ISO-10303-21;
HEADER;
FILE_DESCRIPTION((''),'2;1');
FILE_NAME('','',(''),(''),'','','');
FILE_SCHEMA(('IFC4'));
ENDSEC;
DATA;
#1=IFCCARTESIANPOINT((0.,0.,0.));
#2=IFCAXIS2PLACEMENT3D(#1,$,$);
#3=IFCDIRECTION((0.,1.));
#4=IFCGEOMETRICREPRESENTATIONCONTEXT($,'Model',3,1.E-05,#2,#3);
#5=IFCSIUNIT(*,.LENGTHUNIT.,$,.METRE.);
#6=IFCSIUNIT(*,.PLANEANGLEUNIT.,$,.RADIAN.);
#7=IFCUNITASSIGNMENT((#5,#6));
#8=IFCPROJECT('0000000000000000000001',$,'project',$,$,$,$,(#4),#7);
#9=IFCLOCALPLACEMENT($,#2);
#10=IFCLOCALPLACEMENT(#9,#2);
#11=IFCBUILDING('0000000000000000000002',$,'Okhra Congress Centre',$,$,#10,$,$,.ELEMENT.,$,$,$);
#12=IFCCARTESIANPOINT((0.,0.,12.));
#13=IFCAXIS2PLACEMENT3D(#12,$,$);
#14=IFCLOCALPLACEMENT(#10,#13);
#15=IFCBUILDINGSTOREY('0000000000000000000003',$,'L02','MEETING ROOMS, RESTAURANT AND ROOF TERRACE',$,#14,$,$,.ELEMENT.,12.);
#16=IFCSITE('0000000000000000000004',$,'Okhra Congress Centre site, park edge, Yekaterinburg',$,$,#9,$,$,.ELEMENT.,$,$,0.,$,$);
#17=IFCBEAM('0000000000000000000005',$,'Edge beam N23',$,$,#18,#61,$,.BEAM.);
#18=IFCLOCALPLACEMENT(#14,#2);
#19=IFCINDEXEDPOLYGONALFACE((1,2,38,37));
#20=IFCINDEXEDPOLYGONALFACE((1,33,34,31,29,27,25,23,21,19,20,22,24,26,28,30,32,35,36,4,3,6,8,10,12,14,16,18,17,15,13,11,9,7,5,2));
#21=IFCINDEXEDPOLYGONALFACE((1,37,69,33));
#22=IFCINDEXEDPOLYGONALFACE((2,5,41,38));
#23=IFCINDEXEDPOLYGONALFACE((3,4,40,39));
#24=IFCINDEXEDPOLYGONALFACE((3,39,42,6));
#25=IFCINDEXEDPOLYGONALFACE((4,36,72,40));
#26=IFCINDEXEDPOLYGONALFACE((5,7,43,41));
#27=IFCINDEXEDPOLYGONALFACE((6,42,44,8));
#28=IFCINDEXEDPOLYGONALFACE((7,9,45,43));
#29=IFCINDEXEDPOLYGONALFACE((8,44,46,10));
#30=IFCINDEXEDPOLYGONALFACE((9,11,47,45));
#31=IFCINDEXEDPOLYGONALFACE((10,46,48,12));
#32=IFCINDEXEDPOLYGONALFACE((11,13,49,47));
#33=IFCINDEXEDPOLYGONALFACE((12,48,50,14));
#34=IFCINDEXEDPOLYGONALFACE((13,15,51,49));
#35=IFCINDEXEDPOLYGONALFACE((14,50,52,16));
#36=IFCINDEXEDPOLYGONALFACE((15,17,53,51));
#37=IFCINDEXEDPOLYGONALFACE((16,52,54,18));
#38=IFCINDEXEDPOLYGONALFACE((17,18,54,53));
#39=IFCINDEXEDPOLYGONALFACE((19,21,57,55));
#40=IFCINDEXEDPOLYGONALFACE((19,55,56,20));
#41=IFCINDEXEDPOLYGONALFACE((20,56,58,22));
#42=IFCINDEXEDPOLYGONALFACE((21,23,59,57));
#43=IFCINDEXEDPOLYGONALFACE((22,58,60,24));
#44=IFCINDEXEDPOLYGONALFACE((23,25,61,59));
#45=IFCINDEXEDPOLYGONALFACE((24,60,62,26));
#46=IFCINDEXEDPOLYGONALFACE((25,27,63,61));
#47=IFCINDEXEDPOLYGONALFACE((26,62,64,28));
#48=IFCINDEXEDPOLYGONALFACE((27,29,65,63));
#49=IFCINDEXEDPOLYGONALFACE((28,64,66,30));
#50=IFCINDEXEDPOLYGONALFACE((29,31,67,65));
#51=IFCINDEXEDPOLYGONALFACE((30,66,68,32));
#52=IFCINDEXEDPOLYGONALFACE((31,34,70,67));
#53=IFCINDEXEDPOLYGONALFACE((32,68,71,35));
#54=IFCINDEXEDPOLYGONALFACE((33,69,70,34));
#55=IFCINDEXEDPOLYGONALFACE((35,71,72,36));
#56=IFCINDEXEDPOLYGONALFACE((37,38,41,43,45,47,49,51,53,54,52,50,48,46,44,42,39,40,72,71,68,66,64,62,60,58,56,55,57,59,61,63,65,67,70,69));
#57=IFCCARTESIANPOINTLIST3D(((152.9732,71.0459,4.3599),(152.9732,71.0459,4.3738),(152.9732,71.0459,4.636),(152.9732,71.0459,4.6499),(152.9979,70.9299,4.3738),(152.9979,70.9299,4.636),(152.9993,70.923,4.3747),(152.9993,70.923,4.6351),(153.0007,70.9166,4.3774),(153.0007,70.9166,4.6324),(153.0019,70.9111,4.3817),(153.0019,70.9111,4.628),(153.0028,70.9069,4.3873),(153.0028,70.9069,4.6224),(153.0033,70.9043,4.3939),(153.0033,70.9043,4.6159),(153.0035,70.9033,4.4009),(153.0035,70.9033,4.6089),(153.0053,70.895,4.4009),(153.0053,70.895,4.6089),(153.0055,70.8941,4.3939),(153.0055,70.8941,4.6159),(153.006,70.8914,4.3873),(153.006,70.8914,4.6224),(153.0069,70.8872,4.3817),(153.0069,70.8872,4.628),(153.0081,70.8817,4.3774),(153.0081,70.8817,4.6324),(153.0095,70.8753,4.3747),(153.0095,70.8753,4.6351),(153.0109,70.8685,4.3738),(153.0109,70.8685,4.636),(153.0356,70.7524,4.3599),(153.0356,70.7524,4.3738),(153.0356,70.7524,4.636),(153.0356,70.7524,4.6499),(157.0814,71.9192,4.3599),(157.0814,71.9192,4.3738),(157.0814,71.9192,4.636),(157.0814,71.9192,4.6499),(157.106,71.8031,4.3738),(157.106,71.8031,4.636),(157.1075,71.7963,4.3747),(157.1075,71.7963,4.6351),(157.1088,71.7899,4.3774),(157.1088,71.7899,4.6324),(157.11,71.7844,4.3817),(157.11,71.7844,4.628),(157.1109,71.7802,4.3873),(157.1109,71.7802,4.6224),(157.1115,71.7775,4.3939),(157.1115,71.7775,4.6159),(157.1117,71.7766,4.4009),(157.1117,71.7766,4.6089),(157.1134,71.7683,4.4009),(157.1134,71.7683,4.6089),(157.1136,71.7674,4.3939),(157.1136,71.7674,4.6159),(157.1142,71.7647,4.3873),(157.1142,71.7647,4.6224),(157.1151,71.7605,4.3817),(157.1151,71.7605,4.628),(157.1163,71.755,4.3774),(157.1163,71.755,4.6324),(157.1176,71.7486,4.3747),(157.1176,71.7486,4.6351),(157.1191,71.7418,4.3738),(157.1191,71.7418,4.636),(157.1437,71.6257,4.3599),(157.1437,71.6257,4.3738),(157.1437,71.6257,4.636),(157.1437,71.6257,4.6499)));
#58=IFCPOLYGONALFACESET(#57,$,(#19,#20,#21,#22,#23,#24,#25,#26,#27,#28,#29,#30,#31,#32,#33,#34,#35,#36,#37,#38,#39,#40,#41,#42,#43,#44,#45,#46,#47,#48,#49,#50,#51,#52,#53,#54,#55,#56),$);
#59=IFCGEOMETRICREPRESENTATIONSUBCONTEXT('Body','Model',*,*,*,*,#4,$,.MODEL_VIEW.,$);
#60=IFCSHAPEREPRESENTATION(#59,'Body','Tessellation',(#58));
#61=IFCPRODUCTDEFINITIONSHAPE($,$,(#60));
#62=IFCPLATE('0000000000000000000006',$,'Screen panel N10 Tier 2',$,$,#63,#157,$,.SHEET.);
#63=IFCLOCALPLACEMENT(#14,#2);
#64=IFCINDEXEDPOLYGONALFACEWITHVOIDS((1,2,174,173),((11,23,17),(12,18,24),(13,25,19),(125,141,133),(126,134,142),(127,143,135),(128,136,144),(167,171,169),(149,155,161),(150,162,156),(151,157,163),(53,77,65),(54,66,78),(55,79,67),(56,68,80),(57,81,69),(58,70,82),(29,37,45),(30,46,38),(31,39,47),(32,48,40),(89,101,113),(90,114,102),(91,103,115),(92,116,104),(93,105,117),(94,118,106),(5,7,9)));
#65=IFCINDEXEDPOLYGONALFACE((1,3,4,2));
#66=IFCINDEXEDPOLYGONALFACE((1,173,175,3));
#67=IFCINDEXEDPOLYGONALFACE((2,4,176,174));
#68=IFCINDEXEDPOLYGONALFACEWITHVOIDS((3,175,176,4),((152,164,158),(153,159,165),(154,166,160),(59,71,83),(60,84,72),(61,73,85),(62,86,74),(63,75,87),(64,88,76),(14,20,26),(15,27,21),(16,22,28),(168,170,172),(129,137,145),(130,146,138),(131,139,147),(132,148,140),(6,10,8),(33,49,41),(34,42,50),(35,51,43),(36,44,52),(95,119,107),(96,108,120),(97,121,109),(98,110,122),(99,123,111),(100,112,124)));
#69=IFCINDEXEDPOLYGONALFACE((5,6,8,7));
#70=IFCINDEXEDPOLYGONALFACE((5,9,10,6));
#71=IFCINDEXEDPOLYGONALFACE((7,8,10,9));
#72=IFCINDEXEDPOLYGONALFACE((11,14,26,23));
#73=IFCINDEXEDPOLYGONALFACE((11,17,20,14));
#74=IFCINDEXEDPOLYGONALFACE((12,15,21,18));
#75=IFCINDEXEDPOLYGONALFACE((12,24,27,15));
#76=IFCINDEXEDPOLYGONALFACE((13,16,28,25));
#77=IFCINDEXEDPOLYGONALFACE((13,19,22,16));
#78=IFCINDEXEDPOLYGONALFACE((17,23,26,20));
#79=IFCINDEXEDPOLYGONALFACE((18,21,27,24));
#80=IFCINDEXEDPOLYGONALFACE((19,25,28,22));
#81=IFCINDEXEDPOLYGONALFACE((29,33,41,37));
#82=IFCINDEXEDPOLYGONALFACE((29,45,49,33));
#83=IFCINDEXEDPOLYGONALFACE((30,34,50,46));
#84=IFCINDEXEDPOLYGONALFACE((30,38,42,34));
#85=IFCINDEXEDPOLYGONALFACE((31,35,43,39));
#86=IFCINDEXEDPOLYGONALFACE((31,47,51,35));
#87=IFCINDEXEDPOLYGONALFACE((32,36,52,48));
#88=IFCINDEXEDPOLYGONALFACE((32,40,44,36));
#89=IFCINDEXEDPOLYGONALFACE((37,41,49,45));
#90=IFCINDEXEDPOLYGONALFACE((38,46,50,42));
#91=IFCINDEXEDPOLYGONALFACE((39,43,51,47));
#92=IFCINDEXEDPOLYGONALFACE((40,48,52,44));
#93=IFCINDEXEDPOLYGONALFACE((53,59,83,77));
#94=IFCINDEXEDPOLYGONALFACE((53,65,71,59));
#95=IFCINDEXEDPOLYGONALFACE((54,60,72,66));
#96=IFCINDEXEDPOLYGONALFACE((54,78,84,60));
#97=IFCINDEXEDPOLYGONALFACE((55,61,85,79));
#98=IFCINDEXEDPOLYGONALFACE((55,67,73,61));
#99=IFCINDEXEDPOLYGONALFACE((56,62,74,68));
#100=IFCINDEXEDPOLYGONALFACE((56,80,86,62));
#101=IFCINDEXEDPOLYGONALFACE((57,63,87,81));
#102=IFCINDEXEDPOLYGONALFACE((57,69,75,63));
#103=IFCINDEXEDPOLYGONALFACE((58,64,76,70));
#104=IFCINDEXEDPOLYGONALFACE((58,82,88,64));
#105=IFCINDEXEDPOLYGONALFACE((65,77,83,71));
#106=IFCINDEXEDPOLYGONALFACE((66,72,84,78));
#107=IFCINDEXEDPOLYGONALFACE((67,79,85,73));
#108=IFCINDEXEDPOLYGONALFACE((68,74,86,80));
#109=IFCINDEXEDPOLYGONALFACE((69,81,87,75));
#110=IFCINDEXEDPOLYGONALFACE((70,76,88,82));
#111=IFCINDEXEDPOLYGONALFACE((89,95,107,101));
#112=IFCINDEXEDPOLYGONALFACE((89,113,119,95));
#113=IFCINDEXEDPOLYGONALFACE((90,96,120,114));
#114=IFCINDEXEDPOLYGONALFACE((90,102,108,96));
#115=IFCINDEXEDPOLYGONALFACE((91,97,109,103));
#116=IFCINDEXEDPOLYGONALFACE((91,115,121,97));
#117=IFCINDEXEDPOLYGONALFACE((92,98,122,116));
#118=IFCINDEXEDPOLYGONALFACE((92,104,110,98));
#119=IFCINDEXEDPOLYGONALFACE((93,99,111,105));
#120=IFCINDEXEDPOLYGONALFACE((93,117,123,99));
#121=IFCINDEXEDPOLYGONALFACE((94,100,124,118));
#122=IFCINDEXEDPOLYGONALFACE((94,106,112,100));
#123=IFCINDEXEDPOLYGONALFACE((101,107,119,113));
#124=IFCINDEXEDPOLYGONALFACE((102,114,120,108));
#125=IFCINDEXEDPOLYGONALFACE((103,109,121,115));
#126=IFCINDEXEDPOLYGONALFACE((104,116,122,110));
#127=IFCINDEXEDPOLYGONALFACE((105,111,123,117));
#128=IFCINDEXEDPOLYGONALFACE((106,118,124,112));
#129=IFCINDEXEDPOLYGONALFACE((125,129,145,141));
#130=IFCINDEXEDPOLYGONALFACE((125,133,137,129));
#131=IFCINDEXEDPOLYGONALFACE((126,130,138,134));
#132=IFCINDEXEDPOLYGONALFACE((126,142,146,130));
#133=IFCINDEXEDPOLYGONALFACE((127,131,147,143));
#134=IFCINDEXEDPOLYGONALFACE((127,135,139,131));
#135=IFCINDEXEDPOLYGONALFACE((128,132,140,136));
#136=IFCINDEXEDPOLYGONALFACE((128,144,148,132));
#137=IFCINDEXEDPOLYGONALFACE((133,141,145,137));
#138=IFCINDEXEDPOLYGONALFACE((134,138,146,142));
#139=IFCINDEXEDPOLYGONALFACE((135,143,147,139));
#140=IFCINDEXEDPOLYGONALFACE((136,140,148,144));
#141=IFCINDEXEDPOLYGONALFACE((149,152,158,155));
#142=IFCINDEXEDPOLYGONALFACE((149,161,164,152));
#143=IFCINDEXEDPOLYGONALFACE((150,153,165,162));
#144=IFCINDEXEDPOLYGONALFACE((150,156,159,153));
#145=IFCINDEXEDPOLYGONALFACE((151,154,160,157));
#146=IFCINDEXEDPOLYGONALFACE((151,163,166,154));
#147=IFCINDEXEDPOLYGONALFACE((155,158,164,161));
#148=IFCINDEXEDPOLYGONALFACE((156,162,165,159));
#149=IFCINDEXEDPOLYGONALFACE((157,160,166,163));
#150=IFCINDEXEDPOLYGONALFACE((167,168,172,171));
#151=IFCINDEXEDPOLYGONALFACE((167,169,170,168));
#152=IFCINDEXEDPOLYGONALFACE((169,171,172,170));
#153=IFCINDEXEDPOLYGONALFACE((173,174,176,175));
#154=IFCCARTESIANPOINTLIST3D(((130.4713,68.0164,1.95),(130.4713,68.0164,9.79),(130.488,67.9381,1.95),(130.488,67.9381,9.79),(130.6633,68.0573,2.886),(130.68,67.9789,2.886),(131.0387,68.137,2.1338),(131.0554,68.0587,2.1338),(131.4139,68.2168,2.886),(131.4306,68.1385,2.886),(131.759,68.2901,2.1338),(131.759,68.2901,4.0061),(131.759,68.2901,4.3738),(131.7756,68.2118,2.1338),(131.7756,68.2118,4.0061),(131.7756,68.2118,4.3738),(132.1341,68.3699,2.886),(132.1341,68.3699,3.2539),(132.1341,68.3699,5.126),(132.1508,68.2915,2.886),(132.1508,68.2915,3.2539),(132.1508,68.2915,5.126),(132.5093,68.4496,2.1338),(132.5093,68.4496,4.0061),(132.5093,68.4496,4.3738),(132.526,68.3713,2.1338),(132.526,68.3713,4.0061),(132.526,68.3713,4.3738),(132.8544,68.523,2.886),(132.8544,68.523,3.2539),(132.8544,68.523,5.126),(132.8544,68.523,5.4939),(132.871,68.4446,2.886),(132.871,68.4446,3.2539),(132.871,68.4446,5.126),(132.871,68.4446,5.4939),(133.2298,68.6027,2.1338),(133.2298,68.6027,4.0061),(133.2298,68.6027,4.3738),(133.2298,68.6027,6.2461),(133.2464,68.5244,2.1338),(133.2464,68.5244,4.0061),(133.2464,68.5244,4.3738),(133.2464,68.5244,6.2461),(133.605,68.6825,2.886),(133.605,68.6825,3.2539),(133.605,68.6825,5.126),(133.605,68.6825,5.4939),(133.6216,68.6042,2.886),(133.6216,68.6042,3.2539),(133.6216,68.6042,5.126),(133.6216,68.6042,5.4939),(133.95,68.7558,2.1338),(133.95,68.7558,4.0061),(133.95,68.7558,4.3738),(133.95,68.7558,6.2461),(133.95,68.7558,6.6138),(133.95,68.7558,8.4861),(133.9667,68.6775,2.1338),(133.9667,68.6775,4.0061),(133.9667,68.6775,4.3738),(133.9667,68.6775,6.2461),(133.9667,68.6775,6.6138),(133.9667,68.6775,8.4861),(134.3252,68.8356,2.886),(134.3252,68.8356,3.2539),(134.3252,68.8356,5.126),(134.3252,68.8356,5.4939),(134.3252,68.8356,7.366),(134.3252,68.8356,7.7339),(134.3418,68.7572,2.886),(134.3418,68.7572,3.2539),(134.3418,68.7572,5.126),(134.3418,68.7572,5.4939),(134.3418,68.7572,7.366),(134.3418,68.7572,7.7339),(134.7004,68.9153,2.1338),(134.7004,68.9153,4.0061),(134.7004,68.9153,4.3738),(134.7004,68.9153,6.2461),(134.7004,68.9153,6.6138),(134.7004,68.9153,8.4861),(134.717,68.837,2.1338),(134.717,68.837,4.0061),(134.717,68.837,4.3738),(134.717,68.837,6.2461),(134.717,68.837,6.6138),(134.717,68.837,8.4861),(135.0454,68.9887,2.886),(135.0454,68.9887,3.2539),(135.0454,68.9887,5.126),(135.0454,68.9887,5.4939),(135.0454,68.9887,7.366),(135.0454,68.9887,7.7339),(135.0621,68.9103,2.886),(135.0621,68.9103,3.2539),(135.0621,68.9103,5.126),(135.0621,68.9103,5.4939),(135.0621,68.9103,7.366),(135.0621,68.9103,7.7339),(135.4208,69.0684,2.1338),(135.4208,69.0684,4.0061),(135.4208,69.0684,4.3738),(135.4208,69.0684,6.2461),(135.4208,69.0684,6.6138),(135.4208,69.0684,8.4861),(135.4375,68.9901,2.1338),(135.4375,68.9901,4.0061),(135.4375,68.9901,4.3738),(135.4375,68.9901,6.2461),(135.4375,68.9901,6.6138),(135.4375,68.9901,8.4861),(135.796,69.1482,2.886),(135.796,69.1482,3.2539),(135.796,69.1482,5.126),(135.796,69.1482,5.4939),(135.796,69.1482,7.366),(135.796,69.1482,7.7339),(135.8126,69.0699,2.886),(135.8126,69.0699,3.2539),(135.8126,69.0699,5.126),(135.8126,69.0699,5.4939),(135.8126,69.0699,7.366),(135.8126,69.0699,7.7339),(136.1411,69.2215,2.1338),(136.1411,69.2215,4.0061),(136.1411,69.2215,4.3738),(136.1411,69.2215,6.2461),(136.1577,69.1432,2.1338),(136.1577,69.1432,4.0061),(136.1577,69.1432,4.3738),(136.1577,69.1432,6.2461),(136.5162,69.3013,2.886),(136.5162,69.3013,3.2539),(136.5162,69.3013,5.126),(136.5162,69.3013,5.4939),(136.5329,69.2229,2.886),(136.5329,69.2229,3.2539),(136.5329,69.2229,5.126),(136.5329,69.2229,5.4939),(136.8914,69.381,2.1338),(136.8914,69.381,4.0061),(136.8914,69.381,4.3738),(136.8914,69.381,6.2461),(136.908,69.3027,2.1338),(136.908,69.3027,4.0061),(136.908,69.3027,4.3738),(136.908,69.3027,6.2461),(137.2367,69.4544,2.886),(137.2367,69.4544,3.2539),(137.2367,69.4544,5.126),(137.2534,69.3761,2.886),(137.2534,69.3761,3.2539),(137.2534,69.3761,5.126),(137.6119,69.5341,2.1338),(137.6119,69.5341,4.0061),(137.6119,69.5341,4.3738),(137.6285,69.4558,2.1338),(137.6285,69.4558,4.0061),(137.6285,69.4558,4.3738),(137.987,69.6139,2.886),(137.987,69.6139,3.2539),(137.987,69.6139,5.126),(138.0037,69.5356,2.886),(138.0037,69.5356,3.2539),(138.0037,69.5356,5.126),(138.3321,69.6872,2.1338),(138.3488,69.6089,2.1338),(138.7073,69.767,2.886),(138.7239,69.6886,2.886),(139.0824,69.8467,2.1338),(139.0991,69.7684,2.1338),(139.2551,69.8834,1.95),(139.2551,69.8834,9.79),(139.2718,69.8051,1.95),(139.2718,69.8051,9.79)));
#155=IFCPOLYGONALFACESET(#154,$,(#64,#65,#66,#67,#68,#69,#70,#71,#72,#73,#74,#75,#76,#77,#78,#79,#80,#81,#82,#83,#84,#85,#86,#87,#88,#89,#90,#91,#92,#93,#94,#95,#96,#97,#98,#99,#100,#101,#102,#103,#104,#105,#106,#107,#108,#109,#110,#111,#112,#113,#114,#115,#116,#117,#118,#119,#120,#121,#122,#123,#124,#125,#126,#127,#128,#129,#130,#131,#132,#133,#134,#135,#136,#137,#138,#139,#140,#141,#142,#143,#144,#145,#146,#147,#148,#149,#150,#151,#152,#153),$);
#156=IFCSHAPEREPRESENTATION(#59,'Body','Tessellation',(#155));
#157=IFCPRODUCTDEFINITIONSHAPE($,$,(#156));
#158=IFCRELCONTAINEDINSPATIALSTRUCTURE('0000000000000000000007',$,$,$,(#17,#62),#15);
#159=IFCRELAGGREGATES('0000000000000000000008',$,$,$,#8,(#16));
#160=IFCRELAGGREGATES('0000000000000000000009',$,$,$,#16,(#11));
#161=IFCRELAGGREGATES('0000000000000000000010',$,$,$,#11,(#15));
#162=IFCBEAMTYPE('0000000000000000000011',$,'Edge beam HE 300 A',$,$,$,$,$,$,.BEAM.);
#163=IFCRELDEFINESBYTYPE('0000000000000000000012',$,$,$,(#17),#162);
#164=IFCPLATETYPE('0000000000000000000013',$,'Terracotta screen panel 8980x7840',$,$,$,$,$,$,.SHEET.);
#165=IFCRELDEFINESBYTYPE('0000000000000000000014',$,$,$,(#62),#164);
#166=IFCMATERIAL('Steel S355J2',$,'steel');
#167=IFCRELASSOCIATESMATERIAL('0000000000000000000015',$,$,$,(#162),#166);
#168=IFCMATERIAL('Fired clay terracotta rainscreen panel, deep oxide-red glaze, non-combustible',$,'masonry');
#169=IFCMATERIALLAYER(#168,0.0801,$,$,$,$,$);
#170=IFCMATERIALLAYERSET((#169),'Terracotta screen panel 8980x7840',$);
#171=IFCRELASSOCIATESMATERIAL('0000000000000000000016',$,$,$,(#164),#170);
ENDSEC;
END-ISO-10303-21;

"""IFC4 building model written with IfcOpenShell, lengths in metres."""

from ifc_helpers import new_model, si_unit, direction, frame, origin, origin_2d, place, context, subcontext, project, spatial, polyline, i_section, outline, extrude, material, layer, layer_set, material_profile, profile_set, type_object, element, save


model = new_model("IFC4")

# Units and contexts
model_context = context("Model", 3, precision=1e-05, world=origin(), true_north=direction((0.0, 1.0)))
body_context = subcontext(model_context, "Body", "Model", "MODEL_VIEW")
ifc_project = project(units=[si_unit("LENGTHUNIT", "METRE"), si_unit("PLANEANGLEUNIT", "RADIAN")], contexts=[model_context])

# Site, building, storey
site_placement = place(None, origin())
site = spatial("IfcSite", under=ifc_project, at=site_placement, Name="Okhra Congress Centre site, park edge, Yekaterinburg", CompositionType="ELEMENT", RefElevation=0.0)
building_placement = place(site_placement, origin())
building = spatial("IfcBuilding", under=site, at=building_placement, Name="Okhra Congress Centre", CompositionType="ELEMENT")
storey_placement = place(building_placement, frame((0.0, 0.0, 12.0)))
storey = spatial("IfcBuildingStorey", under=building, at=storey_placement, Name="L02", Description="MEETING ROOMS, RESTAURANT AND ROOF TERRACE", CompositionType="ELEMENT", Elevation=12.0)

# Shared definitions
ifc_material_1 = material(Name="Steel S355J2", Category="steel")

# Beam
ifc_material_profile_1 = material_profile(ifc_material_1, i_section(OverallWidth=0.3, OverallDepth=0.29, WebThickness=0.0085, FlangeThickness=0.0139, FilletRadius=0.0271, at=origin_2d()), Name="HE 300 A")
ifc_profile_set_1 = profile_set([ifc_material_profile_1], Name="Steel S355J2")
beam_type = type_object("IfcBeamType", Name="Edge beam HE 300 A", PredefinedType="BEAM", material=ifc_profile_set_1)
for number, where, z_axis, x_axis, name in (
    (1, (153.0044, 70.8992, 4.5049), (0.978144, 0.207929, 0.0), (-0.207929, 0.978144, 0.0), "Edge beam N23"),
):
    element("IfcBeam", number, at=place(storey_placement, frame(where, z_axis=z_axis, x_axis=x_axis)), inside=storey, type_object=beam_type, Name=name, PredefinedType="BEAM", context=body_context, shape_type="SweptSolid", body=[
        extrude(i_section(OverallWidth=0.3, OverallDepth=0.29, WebThickness=0.0085, FlangeThickness=0.0139, FilletRadius=0.0271, at=origin_2d()), origin(), (0.0, 0.0, 1.0), 4.2),
    ])

# Plate
ifc_material_2 = material(Name="Fired clay terracotta rainscreen panel, deep oxide-red glaze, non-combustible", Category="masonry")
ifc_layer_1 = layer(ifc_material_2, 0.0801)
ifc_layer_set_1 = layer_set([ifc_layer_1], Name="Terracotta screen panel 8980x7840")
plate_type = type_object("IfcPlateType", Name="Terracotta screen panel 8980x7840", PredefinedType="SHEET", material=ifc_layer_set_1)
plate_1_placement = place(storey_placement, frame((139.2634, 69.8442, 1.95), z_axis=(0.0, 0.0, 1.0), x_axis=(-0.97815, -0.207902, 0.0)))
element("IfcPlate", 2, at=plate_1_placement, inside=storey, type_object=plate_type, Name="Screen panel N10 Tier 2", PredefinedType="SHEET", context=body_context, shape_type="SweptSolid", body=[
    extrude(outline(polyline([(0.0, 0.0), (8.98, 0.0), (8.98, 7.8401), (0.0, 7.8401), (0.0, 0.0)]), holes=[polyline([(0.1765, 0.1838), (0.9436, 0.1838), (0.5601, 0.936), (0.1765, 0.1838)]), polyline([(1.2964, 0.936), (1.6799, 0.1838), (2.0635, 0.936), (1.2964, 0.936)]), polyline([(2.4165, 0.1838), (3.1836, 0.1838), (2.8, 0.936), (2.4165, 0.1838)]), polyline([(3.5364, 0.936), (3.9199, 0.1838), (4.3037, 0.936), (3.5364, 0.936)]), polyline([(4.6565, 0.1838), (5.4236, 0.1838), (5.04, 0.936), (4.6565, 0.1838)]), polyline([(5.7764, 0.936), (6.1599, 0.1838), (6.5437, 0.936), (5.7764, 0.936)]), polyline([(6.8965, 0.1838), (7.6636, 0.1838), (7.28, 0.936), (6.8965, 0.1838)]), polyline([(8.0164, 0.936), (8.3999, 0.1838), (8.7837, 0.936), (8.0164, 0.936)]), polyline([(1.2964, 1.304), (2.0635, 1.304), (1.6799, 2.0562), (1.2964, 1.304)]), polyline([(2.4165, 2.0562), (2.8, 1.304), (3.1836, 2.0562), (2.4165, 2.0562)]), polyline([(3.5364, 1.304), (4.3037, 1.304), (3.9199, 2.0562), (3.5364, 1.304)]), polyline([(4.6565, 2.0562), (5.04, 1.304), (5.4236, 2.0562), (4.6565, 2.0562)]), polyline([(5.7764, 1.304), (6.5437, 1.304), (6.1599, 2.0562), (5.7764, 1.304)]), polyline([(6.8965, 2.0562), (7.28, 1.304), (7.6636, 2.0562), (6.8965, 2.0562)]), polyline([(1.2964, 3.176), (1.6799, 2.4238), (2.0635, 3.176), (1.2964, 3.176)]), polyline([(2.4165, 2.4238), (3.1836, 2.4238), (2.8, 3.176), (2.4165, 2.4238)]), polyline([(3.5364, 3.176), (3.9199, 2.4238), (4.3037, 3.176), (3.5364, 3.176)]), polyline([(4.6565, 2.4238), (5.4236, 2.4238), (5.04, 3.176), (4.6565, 2.4238)]), polyline([(5.7764, 3.176), (6.1599, 2.4238), (6.5437, 3.176), (5.7764, 3.176)]), polyline([(6.8965, 2.4238), (7.6636, 2.4238), (7.28, 3.176), (6.8965, 2.4238)]), polyline([(2.4165, 4.2961), (2.8, 3.5439), (3.1836, 4.2961), (2.4165, 4.2961)]), polyline([(3.5364, 3.5439), (4.3037, 3.5439), (3.9199, 4.2961), (3.5364, 3.5439)]), polyline([(4.6565, 4.2961), (5.04, 3.5439), (5.4236, 4.2961), (4.6565, 4.2961)]), polyline([(5.7764, 3.5439), (6.5437, 3.5439), (6.1599, 4.2961), (5.7764, 3.5439)]), polyline([(3.5364, 5.416), (3.9199, 4.6638), (4.3037, 5.416), (3.5364, 5.416)]), polyline([(4.6565, 4.6638), (5.4236, 4.6638), (5.04, 5.416), (4.6565, 4.6638)]), polyline([(3.5364, 5.7839), (4.3037, 5.7839), (3.9199, 6.5361), (3.5364, 5.7839)]), polyline([(4.6565, 6.5361), (5.04, 5.7839), (5.4236, 6.5361), (4.6565, 6.5361)])]), frame((0.0, 0.04, 0.0), z_axis=(0.0, -1.0, 0.0), x_axis=(1.0, 0.0, 0.0)), (0.0, 0.0, 1.0), 0.0801),
])

save(model, "model.ifc")
